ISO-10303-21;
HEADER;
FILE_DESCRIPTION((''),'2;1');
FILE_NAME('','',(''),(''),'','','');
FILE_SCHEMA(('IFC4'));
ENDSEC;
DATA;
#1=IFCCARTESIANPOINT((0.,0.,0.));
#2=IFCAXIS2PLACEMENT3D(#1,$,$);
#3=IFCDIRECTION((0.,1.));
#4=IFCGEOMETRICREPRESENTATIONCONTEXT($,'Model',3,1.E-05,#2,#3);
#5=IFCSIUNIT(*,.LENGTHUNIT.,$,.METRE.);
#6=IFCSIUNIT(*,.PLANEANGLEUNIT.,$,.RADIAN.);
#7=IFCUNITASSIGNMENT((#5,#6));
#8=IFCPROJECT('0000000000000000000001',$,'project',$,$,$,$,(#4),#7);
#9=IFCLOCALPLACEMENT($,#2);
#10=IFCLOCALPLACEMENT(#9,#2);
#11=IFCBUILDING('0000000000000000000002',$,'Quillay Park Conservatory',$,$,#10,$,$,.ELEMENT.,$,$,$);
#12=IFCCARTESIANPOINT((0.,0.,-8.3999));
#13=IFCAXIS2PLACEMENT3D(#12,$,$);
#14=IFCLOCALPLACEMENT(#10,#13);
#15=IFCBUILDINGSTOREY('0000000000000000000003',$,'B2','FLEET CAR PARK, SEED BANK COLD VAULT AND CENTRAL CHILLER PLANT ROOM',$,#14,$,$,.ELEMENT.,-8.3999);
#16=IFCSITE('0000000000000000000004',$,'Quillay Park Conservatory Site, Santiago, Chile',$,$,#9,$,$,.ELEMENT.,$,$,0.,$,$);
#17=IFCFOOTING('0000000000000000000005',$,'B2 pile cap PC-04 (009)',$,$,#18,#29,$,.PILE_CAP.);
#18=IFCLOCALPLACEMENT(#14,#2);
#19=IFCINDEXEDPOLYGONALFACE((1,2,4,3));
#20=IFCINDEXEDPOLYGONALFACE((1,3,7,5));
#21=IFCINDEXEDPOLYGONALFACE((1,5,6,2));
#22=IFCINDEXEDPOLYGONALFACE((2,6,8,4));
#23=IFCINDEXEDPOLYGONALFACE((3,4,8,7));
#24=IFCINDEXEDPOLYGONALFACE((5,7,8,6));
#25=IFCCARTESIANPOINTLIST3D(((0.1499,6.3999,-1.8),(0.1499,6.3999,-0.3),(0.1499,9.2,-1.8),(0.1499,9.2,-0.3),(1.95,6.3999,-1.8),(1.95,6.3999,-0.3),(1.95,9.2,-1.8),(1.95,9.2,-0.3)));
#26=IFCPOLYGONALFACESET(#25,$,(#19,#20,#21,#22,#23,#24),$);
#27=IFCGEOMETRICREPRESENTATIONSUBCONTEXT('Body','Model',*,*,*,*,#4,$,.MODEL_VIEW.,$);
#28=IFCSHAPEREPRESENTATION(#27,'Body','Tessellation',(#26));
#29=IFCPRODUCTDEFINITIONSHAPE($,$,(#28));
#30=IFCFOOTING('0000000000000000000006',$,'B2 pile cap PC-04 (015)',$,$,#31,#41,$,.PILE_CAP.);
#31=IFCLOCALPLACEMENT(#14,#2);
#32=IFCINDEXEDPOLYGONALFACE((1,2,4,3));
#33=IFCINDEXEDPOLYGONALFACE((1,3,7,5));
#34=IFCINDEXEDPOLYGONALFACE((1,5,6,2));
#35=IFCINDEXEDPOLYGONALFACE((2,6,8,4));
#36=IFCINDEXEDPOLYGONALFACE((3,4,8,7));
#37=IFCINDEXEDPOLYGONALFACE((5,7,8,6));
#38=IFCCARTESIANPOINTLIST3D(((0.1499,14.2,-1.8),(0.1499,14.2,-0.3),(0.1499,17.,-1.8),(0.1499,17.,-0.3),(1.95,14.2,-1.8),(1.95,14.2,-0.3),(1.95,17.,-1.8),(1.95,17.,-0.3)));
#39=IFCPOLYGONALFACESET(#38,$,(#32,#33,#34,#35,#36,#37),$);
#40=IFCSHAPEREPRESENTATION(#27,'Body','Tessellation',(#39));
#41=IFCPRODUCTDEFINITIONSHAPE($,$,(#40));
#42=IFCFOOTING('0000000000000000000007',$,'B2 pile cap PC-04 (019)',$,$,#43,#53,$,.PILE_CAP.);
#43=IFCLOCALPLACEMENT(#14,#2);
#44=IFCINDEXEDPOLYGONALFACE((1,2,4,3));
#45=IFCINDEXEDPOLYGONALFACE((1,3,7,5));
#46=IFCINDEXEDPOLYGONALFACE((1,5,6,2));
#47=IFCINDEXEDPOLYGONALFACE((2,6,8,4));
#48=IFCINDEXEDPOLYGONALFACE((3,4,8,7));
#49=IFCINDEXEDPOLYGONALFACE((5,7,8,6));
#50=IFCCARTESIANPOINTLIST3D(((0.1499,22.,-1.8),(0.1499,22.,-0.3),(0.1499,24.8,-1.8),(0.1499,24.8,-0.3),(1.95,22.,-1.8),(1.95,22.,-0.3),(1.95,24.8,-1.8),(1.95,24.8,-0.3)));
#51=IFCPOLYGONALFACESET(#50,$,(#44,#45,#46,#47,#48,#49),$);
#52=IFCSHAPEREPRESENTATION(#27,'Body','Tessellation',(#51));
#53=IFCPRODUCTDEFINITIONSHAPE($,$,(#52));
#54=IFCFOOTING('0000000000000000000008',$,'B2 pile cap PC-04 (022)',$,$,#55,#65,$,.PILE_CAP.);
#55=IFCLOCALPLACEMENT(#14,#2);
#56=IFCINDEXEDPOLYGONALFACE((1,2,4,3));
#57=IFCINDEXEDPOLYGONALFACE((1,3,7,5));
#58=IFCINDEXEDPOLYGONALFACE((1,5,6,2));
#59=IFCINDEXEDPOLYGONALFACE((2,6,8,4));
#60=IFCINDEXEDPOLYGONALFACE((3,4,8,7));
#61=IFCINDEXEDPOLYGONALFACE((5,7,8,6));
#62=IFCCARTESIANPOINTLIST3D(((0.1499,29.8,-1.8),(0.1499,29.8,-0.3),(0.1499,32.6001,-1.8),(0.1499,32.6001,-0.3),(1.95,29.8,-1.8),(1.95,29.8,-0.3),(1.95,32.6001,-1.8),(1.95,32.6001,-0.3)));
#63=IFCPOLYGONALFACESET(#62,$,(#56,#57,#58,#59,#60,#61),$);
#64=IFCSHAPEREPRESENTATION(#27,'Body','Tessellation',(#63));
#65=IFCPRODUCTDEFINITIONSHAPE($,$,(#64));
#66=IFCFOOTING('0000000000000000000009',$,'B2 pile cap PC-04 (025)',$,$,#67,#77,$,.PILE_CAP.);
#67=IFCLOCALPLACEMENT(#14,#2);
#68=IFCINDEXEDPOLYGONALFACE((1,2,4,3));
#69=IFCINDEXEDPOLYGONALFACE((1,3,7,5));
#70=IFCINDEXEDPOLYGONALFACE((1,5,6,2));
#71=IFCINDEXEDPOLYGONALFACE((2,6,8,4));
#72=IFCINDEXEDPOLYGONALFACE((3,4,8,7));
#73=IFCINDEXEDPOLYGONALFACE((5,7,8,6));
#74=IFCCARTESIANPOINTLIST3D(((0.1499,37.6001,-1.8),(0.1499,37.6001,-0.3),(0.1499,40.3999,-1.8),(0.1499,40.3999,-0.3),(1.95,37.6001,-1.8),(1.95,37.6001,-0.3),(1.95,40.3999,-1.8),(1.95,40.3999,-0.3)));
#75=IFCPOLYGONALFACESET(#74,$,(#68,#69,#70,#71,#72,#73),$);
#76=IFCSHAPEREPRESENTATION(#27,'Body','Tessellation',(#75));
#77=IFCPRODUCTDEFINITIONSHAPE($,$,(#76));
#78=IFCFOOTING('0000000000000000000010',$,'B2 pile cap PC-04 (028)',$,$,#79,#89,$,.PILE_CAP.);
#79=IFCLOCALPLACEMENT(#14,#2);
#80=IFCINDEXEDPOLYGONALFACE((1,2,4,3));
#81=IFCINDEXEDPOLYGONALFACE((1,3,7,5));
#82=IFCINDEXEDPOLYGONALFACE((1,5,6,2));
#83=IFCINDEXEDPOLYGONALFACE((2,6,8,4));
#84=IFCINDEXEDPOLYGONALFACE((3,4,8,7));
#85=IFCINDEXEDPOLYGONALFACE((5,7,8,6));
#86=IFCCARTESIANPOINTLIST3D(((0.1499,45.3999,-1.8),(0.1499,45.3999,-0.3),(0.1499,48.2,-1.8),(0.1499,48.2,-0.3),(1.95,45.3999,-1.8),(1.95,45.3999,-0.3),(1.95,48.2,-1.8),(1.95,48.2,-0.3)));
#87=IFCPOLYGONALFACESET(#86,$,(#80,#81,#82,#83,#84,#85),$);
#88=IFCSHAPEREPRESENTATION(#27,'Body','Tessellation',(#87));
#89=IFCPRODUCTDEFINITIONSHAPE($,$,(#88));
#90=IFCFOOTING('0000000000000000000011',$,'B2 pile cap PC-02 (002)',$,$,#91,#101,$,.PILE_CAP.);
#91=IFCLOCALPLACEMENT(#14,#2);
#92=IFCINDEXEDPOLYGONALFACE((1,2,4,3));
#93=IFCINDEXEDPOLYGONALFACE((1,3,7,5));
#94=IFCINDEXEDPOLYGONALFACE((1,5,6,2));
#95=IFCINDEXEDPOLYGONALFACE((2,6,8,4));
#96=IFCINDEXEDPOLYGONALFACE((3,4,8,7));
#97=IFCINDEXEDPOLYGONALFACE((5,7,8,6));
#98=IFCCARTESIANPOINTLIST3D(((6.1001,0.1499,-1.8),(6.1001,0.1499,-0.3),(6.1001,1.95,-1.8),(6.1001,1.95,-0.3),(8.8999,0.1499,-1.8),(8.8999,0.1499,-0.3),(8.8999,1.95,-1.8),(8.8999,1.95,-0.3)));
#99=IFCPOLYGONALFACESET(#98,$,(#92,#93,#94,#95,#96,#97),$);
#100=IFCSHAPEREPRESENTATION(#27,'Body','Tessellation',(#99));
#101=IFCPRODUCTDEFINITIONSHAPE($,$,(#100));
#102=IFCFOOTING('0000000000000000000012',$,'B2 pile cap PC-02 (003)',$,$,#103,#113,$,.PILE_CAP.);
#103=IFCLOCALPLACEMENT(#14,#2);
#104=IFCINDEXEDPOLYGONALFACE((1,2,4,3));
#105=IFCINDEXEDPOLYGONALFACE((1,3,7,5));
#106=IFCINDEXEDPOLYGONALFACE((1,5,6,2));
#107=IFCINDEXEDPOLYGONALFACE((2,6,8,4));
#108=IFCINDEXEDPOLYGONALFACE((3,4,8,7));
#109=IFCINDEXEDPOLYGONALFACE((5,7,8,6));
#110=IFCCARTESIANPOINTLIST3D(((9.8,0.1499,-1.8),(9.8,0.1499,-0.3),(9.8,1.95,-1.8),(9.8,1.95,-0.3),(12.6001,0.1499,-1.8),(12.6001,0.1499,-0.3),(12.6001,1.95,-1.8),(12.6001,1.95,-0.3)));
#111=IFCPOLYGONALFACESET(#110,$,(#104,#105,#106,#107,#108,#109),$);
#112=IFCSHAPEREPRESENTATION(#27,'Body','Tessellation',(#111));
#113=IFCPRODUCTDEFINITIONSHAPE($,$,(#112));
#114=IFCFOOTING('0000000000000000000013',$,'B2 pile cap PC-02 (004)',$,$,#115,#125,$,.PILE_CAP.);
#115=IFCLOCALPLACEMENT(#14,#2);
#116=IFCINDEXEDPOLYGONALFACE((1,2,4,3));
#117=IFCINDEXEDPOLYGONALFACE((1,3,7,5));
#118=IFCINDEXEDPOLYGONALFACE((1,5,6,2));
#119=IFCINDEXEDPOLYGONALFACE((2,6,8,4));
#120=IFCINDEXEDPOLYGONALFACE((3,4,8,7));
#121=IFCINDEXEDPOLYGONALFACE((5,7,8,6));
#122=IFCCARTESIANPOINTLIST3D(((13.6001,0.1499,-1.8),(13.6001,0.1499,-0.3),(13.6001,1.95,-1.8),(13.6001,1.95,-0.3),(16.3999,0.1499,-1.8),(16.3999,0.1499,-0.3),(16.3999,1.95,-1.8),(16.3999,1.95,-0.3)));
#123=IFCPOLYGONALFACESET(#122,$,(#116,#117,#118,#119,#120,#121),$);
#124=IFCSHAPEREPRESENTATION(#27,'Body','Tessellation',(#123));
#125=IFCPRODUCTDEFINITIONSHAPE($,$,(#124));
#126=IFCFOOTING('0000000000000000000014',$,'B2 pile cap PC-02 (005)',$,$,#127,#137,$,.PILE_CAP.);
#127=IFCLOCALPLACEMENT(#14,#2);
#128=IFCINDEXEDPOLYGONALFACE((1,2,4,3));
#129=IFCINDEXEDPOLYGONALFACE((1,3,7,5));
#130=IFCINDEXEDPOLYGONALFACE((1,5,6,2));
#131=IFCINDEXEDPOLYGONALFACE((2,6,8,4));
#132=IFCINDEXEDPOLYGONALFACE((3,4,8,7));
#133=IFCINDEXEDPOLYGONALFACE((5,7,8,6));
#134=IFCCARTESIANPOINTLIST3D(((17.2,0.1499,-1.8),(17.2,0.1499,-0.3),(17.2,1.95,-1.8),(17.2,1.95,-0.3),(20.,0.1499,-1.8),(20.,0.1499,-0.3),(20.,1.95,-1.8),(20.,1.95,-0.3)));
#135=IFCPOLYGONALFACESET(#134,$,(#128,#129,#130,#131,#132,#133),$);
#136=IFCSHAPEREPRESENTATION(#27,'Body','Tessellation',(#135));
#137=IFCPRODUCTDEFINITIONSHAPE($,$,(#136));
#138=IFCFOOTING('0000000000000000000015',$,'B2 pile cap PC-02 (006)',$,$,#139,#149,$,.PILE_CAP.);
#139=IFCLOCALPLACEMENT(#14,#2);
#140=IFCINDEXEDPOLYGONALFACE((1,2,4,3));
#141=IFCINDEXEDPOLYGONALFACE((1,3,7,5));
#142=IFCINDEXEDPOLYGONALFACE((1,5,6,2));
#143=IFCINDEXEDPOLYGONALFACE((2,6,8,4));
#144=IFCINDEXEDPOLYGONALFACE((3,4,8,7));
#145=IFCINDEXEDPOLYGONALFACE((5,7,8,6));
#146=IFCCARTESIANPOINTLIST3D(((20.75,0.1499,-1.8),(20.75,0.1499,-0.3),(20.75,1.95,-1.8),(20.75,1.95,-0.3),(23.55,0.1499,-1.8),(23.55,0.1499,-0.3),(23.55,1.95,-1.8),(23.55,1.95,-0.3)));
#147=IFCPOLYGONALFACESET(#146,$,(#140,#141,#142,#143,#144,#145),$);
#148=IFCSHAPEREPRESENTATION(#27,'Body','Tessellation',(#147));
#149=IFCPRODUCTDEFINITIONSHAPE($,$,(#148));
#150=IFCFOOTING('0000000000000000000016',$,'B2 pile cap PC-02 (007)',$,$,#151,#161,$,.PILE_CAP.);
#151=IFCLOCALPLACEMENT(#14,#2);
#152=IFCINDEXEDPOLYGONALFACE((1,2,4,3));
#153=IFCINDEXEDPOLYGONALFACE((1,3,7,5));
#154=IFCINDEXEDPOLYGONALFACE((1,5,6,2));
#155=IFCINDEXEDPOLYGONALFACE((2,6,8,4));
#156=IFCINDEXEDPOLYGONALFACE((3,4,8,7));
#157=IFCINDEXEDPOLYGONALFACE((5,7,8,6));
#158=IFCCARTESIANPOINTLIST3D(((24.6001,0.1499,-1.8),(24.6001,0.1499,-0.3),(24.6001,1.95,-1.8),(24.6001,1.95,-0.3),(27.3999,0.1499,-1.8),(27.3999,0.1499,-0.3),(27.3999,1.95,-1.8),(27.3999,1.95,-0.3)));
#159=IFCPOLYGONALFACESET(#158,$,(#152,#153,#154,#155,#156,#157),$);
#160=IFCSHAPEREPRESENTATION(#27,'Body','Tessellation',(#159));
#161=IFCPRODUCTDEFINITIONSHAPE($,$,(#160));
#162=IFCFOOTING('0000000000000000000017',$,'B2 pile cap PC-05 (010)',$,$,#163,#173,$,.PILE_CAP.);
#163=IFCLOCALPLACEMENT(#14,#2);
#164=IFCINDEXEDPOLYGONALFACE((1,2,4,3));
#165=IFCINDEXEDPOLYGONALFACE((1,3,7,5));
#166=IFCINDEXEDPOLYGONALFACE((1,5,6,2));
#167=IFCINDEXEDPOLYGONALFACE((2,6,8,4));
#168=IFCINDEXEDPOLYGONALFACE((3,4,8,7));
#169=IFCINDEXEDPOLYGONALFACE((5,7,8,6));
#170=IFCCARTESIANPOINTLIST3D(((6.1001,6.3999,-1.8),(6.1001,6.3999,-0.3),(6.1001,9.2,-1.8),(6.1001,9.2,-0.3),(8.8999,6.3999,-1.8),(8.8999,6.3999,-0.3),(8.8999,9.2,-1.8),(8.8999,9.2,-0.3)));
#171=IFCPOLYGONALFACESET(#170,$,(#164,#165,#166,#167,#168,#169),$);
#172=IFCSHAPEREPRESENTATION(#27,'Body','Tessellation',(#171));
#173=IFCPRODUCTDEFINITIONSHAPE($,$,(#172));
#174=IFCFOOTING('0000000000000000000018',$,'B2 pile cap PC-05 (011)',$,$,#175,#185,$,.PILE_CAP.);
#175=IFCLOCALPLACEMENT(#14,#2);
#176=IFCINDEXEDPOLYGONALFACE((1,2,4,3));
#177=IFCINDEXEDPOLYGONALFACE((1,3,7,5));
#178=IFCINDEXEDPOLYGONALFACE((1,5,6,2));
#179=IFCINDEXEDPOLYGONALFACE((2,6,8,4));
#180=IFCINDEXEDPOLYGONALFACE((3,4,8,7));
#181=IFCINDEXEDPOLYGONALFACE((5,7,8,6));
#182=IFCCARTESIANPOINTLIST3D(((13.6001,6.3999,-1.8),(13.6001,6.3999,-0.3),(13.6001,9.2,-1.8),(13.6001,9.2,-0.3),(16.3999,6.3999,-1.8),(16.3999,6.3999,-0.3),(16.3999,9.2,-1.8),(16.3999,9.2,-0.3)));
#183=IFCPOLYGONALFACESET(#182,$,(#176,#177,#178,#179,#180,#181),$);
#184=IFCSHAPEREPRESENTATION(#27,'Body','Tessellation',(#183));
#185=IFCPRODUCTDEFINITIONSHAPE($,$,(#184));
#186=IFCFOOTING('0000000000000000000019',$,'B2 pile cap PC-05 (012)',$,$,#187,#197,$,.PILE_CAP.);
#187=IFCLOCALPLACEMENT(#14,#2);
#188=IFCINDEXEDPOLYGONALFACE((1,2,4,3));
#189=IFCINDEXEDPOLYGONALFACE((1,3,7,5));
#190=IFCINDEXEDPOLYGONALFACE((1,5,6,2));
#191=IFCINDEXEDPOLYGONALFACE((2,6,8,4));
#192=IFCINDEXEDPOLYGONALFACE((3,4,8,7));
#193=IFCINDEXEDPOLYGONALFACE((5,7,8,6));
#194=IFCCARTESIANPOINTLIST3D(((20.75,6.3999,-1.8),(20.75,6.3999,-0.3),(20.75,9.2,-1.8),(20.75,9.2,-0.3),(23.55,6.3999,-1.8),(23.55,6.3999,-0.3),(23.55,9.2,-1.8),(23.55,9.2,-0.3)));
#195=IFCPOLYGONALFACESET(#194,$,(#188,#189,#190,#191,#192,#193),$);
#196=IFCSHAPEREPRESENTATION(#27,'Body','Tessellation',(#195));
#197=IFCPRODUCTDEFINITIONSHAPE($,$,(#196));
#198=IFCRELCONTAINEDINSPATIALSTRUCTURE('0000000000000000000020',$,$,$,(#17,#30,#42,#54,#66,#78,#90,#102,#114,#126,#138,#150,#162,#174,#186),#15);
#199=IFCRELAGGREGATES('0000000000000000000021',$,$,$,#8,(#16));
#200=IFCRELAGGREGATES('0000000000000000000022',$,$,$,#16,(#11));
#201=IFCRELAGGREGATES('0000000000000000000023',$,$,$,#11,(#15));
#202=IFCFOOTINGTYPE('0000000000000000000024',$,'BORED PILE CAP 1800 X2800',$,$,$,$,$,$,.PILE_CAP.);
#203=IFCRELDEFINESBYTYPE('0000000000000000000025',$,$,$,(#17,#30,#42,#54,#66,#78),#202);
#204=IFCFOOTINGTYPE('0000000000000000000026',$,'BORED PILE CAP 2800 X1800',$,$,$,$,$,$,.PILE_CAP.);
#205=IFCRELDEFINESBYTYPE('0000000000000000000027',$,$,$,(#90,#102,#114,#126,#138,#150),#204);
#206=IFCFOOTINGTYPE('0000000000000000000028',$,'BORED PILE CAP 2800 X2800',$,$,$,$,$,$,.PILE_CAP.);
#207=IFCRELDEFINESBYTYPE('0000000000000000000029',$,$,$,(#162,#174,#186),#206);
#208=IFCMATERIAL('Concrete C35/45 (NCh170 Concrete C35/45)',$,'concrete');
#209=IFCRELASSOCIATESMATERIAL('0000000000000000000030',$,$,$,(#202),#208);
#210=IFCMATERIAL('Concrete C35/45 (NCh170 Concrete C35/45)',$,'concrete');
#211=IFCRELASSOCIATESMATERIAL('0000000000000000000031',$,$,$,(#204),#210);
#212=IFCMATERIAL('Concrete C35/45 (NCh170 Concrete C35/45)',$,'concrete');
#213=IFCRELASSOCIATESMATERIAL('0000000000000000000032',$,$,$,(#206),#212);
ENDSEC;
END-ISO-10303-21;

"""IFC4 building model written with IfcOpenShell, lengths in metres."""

from ifc_helpers import new_model, si_unit, direction, frame, origin, place, context, subcontext, project, spatial, polyline, outline, extrude, material, type_object, element, save


model = new_model("IFC4")

# Units and contexts
model_context = context("Model", 3, precision=1e-05, world=origin(), true_north=direction((0.0, 1.0)))
body_context = subcontext(model_context, "Body", "Model", "MODEL_VIEW")
ifc_project = project(units=[si_unit("LENGTHUNIT", "METRE"), si_unit("PLANEANGLEUNIT", "RADIAN")], contexts=[model_context])

# Site, building, storey
site_placement = place(None, origin())
site = spatial("IfcSite", under=ifc_project, at=site_placement, Name="Quillay Park Conservatory Site, Santiago, Chile", CompositionType="ELEMENT", RefElevation=0.0)
building_placement = place(site_placement, origin())
building = spatial("IfcBuilding", under=site, at=building_placement, Name="Quillay Park Conservatory", CompositionType="ELEMENT")
storey_placement = place(building_placement, frame((0.0, 0.0, -8.3999)))
storey = spatial("IfcBuildingStorey", under=building, at=storey_placement, Name="B2", Description="FLEET CAR PARK, SEED BANK COLD VAULT AND CENTRAL CHILLER PLANT ROOM", CompositionType="ELEMENT", Elevation=-8.3999)

# Footings
ifc_material_1 = material(Name="Concrete C35/45 (NCh170 Concrete C35/45)", Category="concrete")
footing_type_1 = type_object("IfcFootingType", Name="BORED PILE CAP 1800 X2800", PredefinedType="PILE_CAP", material=ifc_material_1)
footing_1_placement = place(storey_placement, frame((0.0, 0.0, -1.8)))
element("IfcFooting", 1, at=footing_1_placement, inside=storey, type_object=footing_type_1, Name="B2 pile cap PC-04 (009)", PredefinedType="PILE_CAP", context=body_context, shape_type="SweptSolid", body=[
    extrude(outline(polyline([(0.1499, 6.3999), (1.95, 6.3999), (1.95, 9.2), (0.1499, 9.2), (0.1499, 6.3999)])), origin(), (0.0, 0.0, 1.0), 1.5),
])
footing_2_placement = place(storey_placement, frame((0.0, 0.0, -1.8)))
element("IfcFooting", 2, at=footing_2_placement, inside=storey, type_object=footing_type_1, Name="B2 pile cap PC-04 (015)", PredefinedType="PILE_CAP", context=body_context, shape_type="SweptSolid", body=[
    extrude(outline(polyline([(0.1499, 14.2), (1.95, 14.2), (1.95, 17.0), (0.1499, 17.0), (0.1499, 14.2)])), origin(), (0.0, 0.0, 1.0), 1.5),
])
footing_3_placement = place(storey_placement, frame((0.0, 0.0, -1.8)))
element("IfcFooting", 3, at=footing_3_placement, inside=storey, type_object=footing_type_1, Name="B2 pile cap PC-04 (019)", PredefinedType="PILE_CAP", context=body_context, shape_type="SweptSolid", body=[
    extrude(outline(polyline([(0.1499, 22.0), (1.95, 22.0), (1.95, 24.8), (0.1499, 24.8), (0.1499, 22.0)])), origin(), (0.0, 0.0, 1.0), 1.5),
])
footing_4_placement = place(storey_placement, frame((0.0, 0.0, -1.8)))
element("IfcFooting", 4, at=footing_4_placement, inside=storey, type_object=footing_type_1, Name="B2 pile cap PC-04 (022)", PredefinedType="PILE_CAP", context=body_context, shape_type="SweptSolid", body=[
    extrude(outline(polyline([(0.1499, 29.8), (1.95, 29.8), (1.95, 32.6001), (0.1499, 32.6001), (0.1499, 29.8)])), origin(), (0.0, 0.0, 1.0), 1.5),
])
footing_5_placement = place(storey_placement, frame((0.0, 0.0, -1.8)))
element("IfcFooting", 5, at=footing_5_placement, inside=storey, type_object=footing_type_1, Name="B2 pile cap PC-04 (025)", PredefinedType="PILE_CAP", context=body_context, shape_type="SweptSolid", body=[
    extrude(outline(polyline([(0.1499, 37.6001), (1.95, 37.6001), (1.95, 40.3999), (0.1499, 40.3999), (0.1499, 37.6001)])), origin(), (0.0, 0.0, 1.0), 1.5),
])
footing_6_placement = place(storey_placement, frame((0.0, 0.0, -1.8)))
element("IfcFooting", 6, at=footing_6_placement, inside=storey, type_object=footing_type_1, Name="B2 pile cap PC-04 (028)", PredefinedType="PILE_CAP", context=body_context, shape_type="SweptSolid", body=[
    extrude(outline(polyline([(0.1499, 45.3999), (1.95, 45.3999), (1.95, 48.2), (0.1499, 48.2), (0.1499, 45.3999)])), origin(), (0.0, 0.0, 1.0), 1.5),
])
ifc_material_2 = material(Name="Concrete C35/45 (NCh170 Concrete C35/45)", Category="concrete")
footing_type_2 = type_object("IfcFootingType", Name="BORED PILE CAP 2800 X1800", PredefinedType="PILE_CAP", material=ifc_material_2)
footing_7_placement = place(storey_placement, frame((0.0, 0.0, -1.8)))
element("IfcFooting", 7, at=footing_7_placement, inside=storey, type_object=footing_type_2, Name="B2 pile cap PC-02 (002)", PredefinedType="PILE_CAP", context=body_context, shape_type="SweptSolid", body=[
    extrude(outline(polyline([(6.1001, 0.1499), (8.8999, 0.1499), (8.8999, 1.95), (6.1001, 1.95), (6.1001, 0.1499)])), origin(), (0.0, 0.0, 1.0), 1.5),
])
footing_8_placement = place(storey_placement, frame((0.0, 0.0, -1.8)))
element("IfcFooting", 8, at=footing_8_placement, inside=storey, type_object=footing_type_2, Name="B2 pile cap PC-02 (003)", PredefinedType="PILE_CAP", context=body_context, shape_type="SweptSolid", body=[
    extrude(outline(polyline([(9.8, 0.1499), (12.6001, 0.1499), (12.6001, 1.95), (9.8, 1.95), (9.8, 0.1499)])), origin(), (0.0, 0.0, 1.0), 1.5),
])
footing_9_placement = place(storey_placement, frame((0.0, 0.0, -1.8)))
element("IfcFooting", 9, at=footing_9_placement, inside=storey, type_object=footing_type_2, Name="B2 pile cap PC-02 (004)", PredefinedType="PILE_CAP", context=body_context, shape_type="SweptSolid", body=[
    extrude(outline(polyline([(13.6001, 0.1499), (16.3999, 0.1499), (16.3999, 1.95), (13.6001, 1.95), (13.6001, 0.1499)])), origin(), (0.0, 0.0, 1.0), 1.5),
])
footing_10_placement = place(storey_placement, frame((0.0, 0.0, -1.8)))
element("IfcFooting", 10, at=footing_10_placement, inside=storey, type_object=footing_type_2, Name="B2 pile cap PC-02 (005)", PredefinedType="PILE_CAP", context=body_context, shape_type="SweptSolid", body=[
    extrude(outline(polyline([(17.2, 0.1499), (20.0, 0.1499), (20.0, 1.95), (17.2, 1.95), (17.2, 0.1499)])), origin(), (0.0, 0.0, 1.0), 1.5),
])
footing_11_placement = place(storey_placement, frame((0.0, 0.0, -1.8)))
element("IfcFooting", 11, at=footing_11_placement, inside=storey, type_object=footing_type_2, Name="B2 pile cap PC-02 (006)", PredefinedType="PILE_CAP", context=body_context, shape_type="SweptSolid", body=[
    extrude(outline(polyline([(20.75, 0.1499), (23.55, 0.1499), (23.55, 1.95), (20.75, 1.95), (20.75, 0.1499)])), origin(), (0.0, 0.0, 1.0), 1.5),
])
footing_12_placement = place(storey_placement, frame((0.0, 0.0, -1.8)))
element("IfcFooting", 12, at=footing_12_placement, inside=storey, type_object=footing_type_2, Name="B2 pile cap PC-02 (007)", PredefinedType="PILE_CAP", context=body_context, shape_type="SweptSolid", body=[
    extrude(outline(polyline([(24.6001, 0.1499), (27.3999, 0.1499), (27.3999, 1.95), (24.6001, 1.95), (24.6001, 0.1499)])), origin(), (0.0, 0.0, 1.0), 1.5),
])
ifc_material_3 = material(Name="Concrete C35/45 (NCh170 Concrete C35/45)", Category="concrete")
footing_type_3 = type_object("IfcFootingType", Name="BORED PILE CAP 2800 X2800", PredefinedType="PILE_CAP", material=ifc_material_3)
footing_13_placement = place(storey_placement, frame((0.0, 0.0, -1.8)))
element("IfcFooting", 13, at=footing_13_placement, inside=storey, type_object=footing_type_3, Name="B2 pile cap PC-05 (010)", PredefinedType="PILE_CAP", context=body_context, shape_type="SweptSolid", body=[
    extrude(outline(polyline([(6.1001, 6.3999), (8.8999, 6.3999), (8.8999, 9.2), (6.1001, 9.2), (6.1001, 6.3999)])), origin(), (0.0, 0.0, 1.0), 1.5),
])
footing_14_placement = place(storey_placement, frame((0.0, 0.0, -1.8)))
element("IfcFooting", 14, at=footing_14_placement, inside=storey, type_object=footing_type_3, Name="B2 pile cap PC-05 (011)", PredefinedType="PILE_CAP", context=body_context, shape_type="SweptSolid", body=[
    extrude(outline(polyline([(13.6001, 6.3999), (16.3999, 6.3999), (16.3999, 9.2), (13.6001, 9.2), (13.6001, 6.3999)])), origin(), (0.0, 0.0, 1.0), 1.5),
])
footing_15_placement = place(storey_placement, frame((0.0, 0.0, -1.8)))
element("IfcFooting", 15, at=footing_15_placement, inside=storey, type_object=footing_type_3, Name="B2 pile cap PC-05 (012)", PredefinedType="PILE_CAP", context=body_context, shape_type="SweptSolid", body=[
    extrude(outline(polyline([(20.75, 6.3999), (23.55, 6.3999), (23.55, 9.2), (20.75, 9.2), (20.75, 6.3999)])), origin(), (0.0, 0.0, 1.0), 1.5),
])

save(model, "model.ifc")
